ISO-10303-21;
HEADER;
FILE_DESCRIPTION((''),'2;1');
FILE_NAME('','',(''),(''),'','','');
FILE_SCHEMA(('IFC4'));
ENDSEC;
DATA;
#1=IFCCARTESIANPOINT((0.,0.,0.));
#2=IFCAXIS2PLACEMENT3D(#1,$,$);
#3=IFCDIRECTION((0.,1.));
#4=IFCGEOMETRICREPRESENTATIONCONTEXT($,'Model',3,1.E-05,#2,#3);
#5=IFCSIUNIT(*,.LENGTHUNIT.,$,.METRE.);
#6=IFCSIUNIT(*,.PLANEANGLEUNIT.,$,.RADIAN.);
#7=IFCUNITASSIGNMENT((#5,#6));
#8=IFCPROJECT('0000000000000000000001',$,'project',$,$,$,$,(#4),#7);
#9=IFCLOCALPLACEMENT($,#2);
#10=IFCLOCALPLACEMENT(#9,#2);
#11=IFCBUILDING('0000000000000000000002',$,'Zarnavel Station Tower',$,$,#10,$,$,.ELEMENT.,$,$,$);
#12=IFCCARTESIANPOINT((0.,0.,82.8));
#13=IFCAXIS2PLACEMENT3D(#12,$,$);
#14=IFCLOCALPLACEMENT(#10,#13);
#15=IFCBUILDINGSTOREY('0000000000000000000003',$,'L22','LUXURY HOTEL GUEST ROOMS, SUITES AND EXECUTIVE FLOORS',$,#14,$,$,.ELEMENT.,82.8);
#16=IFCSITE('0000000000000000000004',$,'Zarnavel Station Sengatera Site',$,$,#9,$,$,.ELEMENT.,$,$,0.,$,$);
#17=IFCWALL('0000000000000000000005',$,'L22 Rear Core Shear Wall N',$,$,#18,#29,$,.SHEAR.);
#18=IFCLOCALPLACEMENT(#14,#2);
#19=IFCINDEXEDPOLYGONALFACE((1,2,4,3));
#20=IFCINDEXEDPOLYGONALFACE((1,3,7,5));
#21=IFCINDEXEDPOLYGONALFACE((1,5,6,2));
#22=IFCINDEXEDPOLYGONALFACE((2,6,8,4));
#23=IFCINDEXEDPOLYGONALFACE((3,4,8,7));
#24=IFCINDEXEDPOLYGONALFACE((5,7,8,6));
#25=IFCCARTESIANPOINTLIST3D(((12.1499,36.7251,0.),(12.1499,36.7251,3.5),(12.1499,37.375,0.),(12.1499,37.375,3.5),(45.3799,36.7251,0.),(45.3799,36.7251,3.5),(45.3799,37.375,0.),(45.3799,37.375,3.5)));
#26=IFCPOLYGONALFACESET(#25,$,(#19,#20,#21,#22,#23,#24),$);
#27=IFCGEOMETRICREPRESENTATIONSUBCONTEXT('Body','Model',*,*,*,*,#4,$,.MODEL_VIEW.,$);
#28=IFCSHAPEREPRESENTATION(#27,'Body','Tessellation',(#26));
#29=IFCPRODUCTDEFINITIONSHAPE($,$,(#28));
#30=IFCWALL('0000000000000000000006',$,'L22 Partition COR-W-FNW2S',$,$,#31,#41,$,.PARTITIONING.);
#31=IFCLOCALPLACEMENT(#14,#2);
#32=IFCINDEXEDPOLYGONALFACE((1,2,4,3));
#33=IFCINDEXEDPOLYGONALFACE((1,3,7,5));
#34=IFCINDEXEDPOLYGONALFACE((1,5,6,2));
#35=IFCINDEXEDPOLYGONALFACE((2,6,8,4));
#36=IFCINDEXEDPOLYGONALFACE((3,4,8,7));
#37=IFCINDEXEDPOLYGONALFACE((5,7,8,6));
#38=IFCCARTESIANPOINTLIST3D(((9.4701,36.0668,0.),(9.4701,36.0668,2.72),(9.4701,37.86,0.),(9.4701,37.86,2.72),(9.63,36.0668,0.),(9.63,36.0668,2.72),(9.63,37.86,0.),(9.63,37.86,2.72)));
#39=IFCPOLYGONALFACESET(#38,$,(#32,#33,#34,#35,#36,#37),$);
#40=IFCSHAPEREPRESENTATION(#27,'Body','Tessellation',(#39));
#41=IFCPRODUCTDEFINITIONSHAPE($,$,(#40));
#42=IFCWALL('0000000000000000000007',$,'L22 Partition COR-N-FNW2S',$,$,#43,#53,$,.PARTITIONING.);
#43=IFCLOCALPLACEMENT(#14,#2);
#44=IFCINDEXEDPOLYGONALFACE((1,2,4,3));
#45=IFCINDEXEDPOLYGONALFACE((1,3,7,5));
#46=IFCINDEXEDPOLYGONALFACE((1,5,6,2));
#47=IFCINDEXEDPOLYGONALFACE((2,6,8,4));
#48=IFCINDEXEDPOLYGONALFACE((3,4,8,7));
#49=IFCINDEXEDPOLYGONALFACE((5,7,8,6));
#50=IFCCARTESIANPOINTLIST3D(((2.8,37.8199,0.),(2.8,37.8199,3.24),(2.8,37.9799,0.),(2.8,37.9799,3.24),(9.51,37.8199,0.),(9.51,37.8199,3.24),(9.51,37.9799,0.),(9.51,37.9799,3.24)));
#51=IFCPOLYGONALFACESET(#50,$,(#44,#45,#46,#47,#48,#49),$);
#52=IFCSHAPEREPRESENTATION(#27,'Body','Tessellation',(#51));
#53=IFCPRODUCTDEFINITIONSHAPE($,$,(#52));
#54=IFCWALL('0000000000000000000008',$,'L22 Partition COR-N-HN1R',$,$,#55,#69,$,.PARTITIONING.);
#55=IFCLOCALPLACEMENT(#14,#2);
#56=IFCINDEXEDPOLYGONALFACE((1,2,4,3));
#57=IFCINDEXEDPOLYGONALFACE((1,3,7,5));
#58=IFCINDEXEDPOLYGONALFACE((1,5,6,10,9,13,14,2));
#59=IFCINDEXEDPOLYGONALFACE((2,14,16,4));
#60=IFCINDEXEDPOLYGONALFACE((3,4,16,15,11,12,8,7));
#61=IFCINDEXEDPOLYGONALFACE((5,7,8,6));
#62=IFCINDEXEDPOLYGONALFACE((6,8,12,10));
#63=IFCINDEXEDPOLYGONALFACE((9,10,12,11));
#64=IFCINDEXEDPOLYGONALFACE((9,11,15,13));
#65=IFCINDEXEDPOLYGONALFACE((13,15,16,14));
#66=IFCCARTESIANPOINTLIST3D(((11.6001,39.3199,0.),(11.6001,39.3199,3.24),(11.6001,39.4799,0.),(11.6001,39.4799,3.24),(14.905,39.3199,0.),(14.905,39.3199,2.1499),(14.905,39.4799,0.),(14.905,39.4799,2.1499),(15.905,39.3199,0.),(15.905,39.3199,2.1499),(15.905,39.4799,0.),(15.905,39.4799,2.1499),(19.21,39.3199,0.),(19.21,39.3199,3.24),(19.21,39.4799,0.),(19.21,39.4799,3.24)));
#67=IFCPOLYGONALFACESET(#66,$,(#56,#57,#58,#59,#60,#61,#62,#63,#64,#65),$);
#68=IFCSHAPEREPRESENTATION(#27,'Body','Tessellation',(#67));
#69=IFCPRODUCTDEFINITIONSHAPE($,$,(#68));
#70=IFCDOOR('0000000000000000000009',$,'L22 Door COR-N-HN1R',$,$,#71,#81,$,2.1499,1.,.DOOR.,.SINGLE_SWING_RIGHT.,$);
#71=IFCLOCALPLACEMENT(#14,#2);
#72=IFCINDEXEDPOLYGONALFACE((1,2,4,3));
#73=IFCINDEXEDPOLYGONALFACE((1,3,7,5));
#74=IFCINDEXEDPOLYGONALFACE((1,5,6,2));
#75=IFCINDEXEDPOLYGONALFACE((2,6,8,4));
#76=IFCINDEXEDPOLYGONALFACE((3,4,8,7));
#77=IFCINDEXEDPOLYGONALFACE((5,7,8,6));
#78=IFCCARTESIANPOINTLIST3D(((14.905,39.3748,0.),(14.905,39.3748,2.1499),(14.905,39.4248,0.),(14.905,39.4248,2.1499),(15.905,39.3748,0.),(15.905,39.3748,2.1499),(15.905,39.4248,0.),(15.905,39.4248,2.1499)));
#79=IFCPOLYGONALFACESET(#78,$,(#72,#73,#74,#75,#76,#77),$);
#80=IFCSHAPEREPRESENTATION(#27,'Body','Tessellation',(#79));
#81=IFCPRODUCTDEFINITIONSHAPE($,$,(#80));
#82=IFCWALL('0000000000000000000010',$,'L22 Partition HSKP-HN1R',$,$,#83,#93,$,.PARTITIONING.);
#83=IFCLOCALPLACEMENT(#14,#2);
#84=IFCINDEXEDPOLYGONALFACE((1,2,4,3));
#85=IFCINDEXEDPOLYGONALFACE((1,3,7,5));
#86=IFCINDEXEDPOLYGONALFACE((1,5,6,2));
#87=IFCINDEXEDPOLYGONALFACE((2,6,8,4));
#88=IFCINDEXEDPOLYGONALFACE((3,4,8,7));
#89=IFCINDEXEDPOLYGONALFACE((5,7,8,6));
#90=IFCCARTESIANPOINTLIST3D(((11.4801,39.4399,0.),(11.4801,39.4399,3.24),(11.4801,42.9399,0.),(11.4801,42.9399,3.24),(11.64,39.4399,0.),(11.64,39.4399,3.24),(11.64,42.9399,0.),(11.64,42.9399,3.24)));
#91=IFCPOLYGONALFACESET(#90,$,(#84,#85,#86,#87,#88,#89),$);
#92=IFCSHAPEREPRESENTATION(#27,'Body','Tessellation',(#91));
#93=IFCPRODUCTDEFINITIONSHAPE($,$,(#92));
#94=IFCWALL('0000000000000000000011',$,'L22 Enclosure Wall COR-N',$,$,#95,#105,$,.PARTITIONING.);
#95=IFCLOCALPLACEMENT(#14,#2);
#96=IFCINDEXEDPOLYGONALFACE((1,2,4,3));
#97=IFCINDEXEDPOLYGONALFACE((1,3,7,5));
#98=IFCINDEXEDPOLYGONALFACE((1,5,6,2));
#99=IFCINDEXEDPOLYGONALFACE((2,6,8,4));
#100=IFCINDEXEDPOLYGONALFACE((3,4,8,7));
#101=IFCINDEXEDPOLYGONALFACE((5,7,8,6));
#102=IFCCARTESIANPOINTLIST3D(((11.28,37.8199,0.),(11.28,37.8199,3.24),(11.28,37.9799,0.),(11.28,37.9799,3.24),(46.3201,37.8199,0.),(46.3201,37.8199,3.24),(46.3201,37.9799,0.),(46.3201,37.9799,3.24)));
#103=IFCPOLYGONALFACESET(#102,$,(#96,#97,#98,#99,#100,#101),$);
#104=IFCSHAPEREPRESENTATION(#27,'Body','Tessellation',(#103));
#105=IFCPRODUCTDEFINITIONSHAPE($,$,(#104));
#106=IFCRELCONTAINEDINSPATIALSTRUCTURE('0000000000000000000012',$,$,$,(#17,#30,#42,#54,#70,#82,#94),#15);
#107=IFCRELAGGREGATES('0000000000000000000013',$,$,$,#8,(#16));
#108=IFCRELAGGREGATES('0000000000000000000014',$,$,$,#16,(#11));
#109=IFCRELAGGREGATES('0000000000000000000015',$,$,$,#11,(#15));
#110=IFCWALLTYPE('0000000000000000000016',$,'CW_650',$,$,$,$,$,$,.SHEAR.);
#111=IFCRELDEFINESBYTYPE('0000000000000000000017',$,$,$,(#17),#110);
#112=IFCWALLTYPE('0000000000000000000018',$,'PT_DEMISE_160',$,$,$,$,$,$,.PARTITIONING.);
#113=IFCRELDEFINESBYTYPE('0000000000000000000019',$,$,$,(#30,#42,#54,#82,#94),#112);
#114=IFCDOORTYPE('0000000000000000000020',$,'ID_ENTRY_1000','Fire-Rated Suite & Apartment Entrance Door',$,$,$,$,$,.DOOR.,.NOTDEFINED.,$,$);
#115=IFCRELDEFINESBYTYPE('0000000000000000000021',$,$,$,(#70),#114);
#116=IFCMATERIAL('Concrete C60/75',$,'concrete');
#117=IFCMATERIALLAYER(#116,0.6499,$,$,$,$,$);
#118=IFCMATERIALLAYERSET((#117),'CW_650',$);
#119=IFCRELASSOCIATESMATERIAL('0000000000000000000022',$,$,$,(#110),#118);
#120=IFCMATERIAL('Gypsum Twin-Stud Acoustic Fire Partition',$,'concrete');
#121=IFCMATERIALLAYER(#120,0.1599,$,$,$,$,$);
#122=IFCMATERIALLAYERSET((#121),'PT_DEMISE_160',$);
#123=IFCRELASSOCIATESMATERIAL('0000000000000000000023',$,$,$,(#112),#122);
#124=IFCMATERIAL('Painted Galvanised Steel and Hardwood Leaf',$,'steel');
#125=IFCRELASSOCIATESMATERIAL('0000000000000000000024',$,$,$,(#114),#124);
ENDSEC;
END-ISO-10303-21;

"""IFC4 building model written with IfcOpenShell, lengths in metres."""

from ifc_helpers import new_model, si_unit, direction, frame, frame_2d, origin, place, context, subcontext, project, spatial, rectangle, extrude, material, layer, layer_set, type_object, element, fill, save


model = new_model("IFC4")

# Units and contexts
model_context = context("Model", 3, precision=1e-05, world=origin(), true_north=direction((0.0, 1.0)))
body_context = subcontext(model_context, "Body", "Model", "MODEL_VIEW")
ifc_project = project(units=[si_unit("LENGTHUNIT", "METRE"), si_unit("PLANEANGLEUNIT", "RADIAN")], contexts=[model_context])

# Site, building, storey
site_placement = place(None, origin())
site = spatial("IfcSite", under=ifc_project, at=site_placement, Name="Zarnavel Station Sengatera Site", CompositionType="ELEMENT", RefElevation=0.0)
building_placement = place(site_placement, origin())
building = spatial("IfcBuilding", under=site, at=building_placement, Name="Zarnavel Station Tower", CompositionType="ELEMENT")
storey_placement = place(building_placement, frame((0.0, 0.0, 82.8)))
storey = spatial("IfcBuildingStorey", under=building, at=storey_placement, Name="L22", Description="LUXURY HOTEL GUEST ROOMS, SUITES AND EXECUTIVE FLOORS", CompositionType="ELEMENT", Elevation=82.8)

# Wall
ifc_material_1 = material(Name="Concrete C60/75", Category="concrete")
ifc_layer_1 = layer(ifc_material_1, 0.6499)
ifc_layer_set_1 = layer_set([ifc_layer_1], Name="CW_650")
wall_type_1 = type_object("IfcWallType", Name="CW_650", PredefinedType="SHEAR", material=ifc_layer_set_1)
wall_1_placement = place(storey_placement, frame((12.1499, 37.05, 0.0), z_axis=(0.0, 0.0, 1.0), x_axis=(1.0, 0.0, 0.0)))
element("IfcWall", 1, at=wall_1_placement, inside=storey, type_object=wall_type_1, Name="L22 Rear Core Shear Wall N", PredefinedType="SHEAR", context=body_context, shape_type="SweptSolid", body=[
    extrude(rectangle(XDim=33.23, YDim=0.6499, at=frame_2d((16.615, 0.0))), origin(), (0.0, 0.0, 1.0), 3.5),
])

# Walls
ifc_material_2 = material(Name="Gypsum Twin-Stud Acoustic Fire Partition", Category="concrete")
ifc_layer_2 = layer(ifc_material_2, 0.1599)
ifc_layer_set_2 = layer_set([ifc_layer_2], Name="PT_DEMISE_160")
wall_type_2 = type_object("IfcWallType", Name="PT_DEMISE_160", PredefinedType="PARTITIONING", material=ifc_layer_set_2)
wall_2_placement = place(storey_placement, frame((9.55, 36.0669, 0.0), z_axis=(0.0, 0.0, 1.0), x_axis=(0.0, 1.0, 0.0)))
element("IfcWall", 2, at=wall_2_placement, inside=storey, type_object=wall_type_2, Name="L22 Partition COR-W-FNW2S", PredefinedType="PARTITIONING", context=body_context, shape_type="SweptSolid", body=[
    extrude(rectangle(XDim=1.7932, YDim=0.1599, at=frame_2d((0.8965, 0.0))), origin(), (0.0, 0.0, 1.0), 2.72),
])
wall_3_placement = place(storey_placement, frame((2.8, 37.8999, 0.0), z_axis=(0.0, 0.0, 1.0), x_axis=(1.0, 0.0, 0.0)))
element("IfcWall", 3, at=wall_3_placement, inside=storey, type_object=wall_type_2, Name="L22 Partition COR-N-FNW2S", PredefinedType="PARTITIONING", context=body_context, shape_type="SweptSolid", body=[
    extrude(rectangle(XDim=6.71, YDim=0.1599, at=frame_2d((3.355, 0.0))), origin(), (0.0, 0.0, 1.0), 3.24),
])

# Wall, opening, door
wall_4_placement = place(storey_placement, frame((11.6001, 39.3999, 0.0), z_axis=(0.0, 0.0, 1.0), x_axis=(1.0, 0.0, 0.0)))
wall_4 = element("IfcWall", 4, at=wall_4_placement, inside=storey, type_object=wall_type_2, Name="L22 Partition COR-N-HN1R", PredefinedType="PARTITIONING", context=body_context, shape_type="SweptSolid", body=[
    extrude(rectangle(XDim=7.6099, YDim=0.1599, at=frame_2d((3.8049, 0.0))), origin(), (0.0, 0.0, 1.0), 3.24),
])
opening_1_placement = place(wall_4_placement, frame((3.3049, 0.0, 0.0)))
opening_1 = element("IfcOpeningElement", 5, at=opening_1_placement, cuts=wall_4, PredefinedType="OPENING", context=body_context, shape_type="SweptSolid", body=[
    extrude(rectangle(XDim=1.0, YDim=2.1499, at=frame_2d((0.5, 1.075))), frame((0.0, 0.0898, 0.0), z_axis=(0.0, -1.0, 0.0), x_axis=(1.0, 0.0, 0.0)), (0.0, 0.0, 1.0), 0.1799),
])
ifc_material_3 = material(Name="Painted Galvanised Steel and Hardwood Leaf", Category="steel")
door_type = type_object("IfcDoorType", Name="ID_ENTRY_1000", Description="Fire-Rated Suite & Apartment Entrance Door", OperationType="NOTDEFINED", PredefinedType="DOOR", material=ifc_material_3)
door_placement = place(opening_1_placement, origin())
door = element("IfcDoor", 6, at=door_placement, inside=storey, type_object=door_type, Name="L22 Door COR-N-HN1R", OperationType="SINGLE_SWING_RIGHT", OverallHeight=2.1499, OverallWidth=1.0, PredefinedType="DOOR", context=body_context, shape_type="SweptSolid", body=[
    extrude(rectangle(XDim=1.0, YDim=2.1499, at=frame_2d((0.5, 1.075))), frame((0.0, 0.0249, 0.0), z_axis=(0.0, -1.0, 0.0), x_axis=(1.0, 0.0, 0.0)), (0.0, 0.0, 1.0), 0.05),
])
fill(opening_1, door)

# Walls
wall_5_placement = place(storey_placement, frame((11.5601, 39.4399, 0.0), z_axis=(0.0, 0.0, 1.0), x_axis=(0.0, 1.0, 0.0)))
element("IfcWall", 7, at=wall_5_placement, inside=storey, type_object=wall_type_2, Name="L22 Partition HSKP-HN1R", PredefinedType="PARTITIONING", context=body_context, shape_type="SweptSolid", body=[
    extrude(rectangle(XDim=3.5, YDim=0.1599, at=frame_2d((1.75, 0.0))), origin(), (0.0, 0.0, 1.0), 3.24),
])
wall_6_placement = place(storey_placement, frame((11.28, 37.8999, 0.0), z_axis=(0.0, 0.0, 1.0), x_axis=(1.0, 0.0, 0.0)))
element("IfcWall", 8, at=wall_6_placement, inside=storey, type_object=wall_type_2, Name="L22 Enclosure Wall COR-N", PredefinedType="PARTITIONING", context=body_context, shape_type="SweptSolid", body=[
    extrude(rectangle(XDim=35.04, YDim=0.1599, at=frame_2d((17.52, 0.0))), origin(), (0.0, 0.0, 1.0), 3.24),
])

save(model, "model.ifc")
